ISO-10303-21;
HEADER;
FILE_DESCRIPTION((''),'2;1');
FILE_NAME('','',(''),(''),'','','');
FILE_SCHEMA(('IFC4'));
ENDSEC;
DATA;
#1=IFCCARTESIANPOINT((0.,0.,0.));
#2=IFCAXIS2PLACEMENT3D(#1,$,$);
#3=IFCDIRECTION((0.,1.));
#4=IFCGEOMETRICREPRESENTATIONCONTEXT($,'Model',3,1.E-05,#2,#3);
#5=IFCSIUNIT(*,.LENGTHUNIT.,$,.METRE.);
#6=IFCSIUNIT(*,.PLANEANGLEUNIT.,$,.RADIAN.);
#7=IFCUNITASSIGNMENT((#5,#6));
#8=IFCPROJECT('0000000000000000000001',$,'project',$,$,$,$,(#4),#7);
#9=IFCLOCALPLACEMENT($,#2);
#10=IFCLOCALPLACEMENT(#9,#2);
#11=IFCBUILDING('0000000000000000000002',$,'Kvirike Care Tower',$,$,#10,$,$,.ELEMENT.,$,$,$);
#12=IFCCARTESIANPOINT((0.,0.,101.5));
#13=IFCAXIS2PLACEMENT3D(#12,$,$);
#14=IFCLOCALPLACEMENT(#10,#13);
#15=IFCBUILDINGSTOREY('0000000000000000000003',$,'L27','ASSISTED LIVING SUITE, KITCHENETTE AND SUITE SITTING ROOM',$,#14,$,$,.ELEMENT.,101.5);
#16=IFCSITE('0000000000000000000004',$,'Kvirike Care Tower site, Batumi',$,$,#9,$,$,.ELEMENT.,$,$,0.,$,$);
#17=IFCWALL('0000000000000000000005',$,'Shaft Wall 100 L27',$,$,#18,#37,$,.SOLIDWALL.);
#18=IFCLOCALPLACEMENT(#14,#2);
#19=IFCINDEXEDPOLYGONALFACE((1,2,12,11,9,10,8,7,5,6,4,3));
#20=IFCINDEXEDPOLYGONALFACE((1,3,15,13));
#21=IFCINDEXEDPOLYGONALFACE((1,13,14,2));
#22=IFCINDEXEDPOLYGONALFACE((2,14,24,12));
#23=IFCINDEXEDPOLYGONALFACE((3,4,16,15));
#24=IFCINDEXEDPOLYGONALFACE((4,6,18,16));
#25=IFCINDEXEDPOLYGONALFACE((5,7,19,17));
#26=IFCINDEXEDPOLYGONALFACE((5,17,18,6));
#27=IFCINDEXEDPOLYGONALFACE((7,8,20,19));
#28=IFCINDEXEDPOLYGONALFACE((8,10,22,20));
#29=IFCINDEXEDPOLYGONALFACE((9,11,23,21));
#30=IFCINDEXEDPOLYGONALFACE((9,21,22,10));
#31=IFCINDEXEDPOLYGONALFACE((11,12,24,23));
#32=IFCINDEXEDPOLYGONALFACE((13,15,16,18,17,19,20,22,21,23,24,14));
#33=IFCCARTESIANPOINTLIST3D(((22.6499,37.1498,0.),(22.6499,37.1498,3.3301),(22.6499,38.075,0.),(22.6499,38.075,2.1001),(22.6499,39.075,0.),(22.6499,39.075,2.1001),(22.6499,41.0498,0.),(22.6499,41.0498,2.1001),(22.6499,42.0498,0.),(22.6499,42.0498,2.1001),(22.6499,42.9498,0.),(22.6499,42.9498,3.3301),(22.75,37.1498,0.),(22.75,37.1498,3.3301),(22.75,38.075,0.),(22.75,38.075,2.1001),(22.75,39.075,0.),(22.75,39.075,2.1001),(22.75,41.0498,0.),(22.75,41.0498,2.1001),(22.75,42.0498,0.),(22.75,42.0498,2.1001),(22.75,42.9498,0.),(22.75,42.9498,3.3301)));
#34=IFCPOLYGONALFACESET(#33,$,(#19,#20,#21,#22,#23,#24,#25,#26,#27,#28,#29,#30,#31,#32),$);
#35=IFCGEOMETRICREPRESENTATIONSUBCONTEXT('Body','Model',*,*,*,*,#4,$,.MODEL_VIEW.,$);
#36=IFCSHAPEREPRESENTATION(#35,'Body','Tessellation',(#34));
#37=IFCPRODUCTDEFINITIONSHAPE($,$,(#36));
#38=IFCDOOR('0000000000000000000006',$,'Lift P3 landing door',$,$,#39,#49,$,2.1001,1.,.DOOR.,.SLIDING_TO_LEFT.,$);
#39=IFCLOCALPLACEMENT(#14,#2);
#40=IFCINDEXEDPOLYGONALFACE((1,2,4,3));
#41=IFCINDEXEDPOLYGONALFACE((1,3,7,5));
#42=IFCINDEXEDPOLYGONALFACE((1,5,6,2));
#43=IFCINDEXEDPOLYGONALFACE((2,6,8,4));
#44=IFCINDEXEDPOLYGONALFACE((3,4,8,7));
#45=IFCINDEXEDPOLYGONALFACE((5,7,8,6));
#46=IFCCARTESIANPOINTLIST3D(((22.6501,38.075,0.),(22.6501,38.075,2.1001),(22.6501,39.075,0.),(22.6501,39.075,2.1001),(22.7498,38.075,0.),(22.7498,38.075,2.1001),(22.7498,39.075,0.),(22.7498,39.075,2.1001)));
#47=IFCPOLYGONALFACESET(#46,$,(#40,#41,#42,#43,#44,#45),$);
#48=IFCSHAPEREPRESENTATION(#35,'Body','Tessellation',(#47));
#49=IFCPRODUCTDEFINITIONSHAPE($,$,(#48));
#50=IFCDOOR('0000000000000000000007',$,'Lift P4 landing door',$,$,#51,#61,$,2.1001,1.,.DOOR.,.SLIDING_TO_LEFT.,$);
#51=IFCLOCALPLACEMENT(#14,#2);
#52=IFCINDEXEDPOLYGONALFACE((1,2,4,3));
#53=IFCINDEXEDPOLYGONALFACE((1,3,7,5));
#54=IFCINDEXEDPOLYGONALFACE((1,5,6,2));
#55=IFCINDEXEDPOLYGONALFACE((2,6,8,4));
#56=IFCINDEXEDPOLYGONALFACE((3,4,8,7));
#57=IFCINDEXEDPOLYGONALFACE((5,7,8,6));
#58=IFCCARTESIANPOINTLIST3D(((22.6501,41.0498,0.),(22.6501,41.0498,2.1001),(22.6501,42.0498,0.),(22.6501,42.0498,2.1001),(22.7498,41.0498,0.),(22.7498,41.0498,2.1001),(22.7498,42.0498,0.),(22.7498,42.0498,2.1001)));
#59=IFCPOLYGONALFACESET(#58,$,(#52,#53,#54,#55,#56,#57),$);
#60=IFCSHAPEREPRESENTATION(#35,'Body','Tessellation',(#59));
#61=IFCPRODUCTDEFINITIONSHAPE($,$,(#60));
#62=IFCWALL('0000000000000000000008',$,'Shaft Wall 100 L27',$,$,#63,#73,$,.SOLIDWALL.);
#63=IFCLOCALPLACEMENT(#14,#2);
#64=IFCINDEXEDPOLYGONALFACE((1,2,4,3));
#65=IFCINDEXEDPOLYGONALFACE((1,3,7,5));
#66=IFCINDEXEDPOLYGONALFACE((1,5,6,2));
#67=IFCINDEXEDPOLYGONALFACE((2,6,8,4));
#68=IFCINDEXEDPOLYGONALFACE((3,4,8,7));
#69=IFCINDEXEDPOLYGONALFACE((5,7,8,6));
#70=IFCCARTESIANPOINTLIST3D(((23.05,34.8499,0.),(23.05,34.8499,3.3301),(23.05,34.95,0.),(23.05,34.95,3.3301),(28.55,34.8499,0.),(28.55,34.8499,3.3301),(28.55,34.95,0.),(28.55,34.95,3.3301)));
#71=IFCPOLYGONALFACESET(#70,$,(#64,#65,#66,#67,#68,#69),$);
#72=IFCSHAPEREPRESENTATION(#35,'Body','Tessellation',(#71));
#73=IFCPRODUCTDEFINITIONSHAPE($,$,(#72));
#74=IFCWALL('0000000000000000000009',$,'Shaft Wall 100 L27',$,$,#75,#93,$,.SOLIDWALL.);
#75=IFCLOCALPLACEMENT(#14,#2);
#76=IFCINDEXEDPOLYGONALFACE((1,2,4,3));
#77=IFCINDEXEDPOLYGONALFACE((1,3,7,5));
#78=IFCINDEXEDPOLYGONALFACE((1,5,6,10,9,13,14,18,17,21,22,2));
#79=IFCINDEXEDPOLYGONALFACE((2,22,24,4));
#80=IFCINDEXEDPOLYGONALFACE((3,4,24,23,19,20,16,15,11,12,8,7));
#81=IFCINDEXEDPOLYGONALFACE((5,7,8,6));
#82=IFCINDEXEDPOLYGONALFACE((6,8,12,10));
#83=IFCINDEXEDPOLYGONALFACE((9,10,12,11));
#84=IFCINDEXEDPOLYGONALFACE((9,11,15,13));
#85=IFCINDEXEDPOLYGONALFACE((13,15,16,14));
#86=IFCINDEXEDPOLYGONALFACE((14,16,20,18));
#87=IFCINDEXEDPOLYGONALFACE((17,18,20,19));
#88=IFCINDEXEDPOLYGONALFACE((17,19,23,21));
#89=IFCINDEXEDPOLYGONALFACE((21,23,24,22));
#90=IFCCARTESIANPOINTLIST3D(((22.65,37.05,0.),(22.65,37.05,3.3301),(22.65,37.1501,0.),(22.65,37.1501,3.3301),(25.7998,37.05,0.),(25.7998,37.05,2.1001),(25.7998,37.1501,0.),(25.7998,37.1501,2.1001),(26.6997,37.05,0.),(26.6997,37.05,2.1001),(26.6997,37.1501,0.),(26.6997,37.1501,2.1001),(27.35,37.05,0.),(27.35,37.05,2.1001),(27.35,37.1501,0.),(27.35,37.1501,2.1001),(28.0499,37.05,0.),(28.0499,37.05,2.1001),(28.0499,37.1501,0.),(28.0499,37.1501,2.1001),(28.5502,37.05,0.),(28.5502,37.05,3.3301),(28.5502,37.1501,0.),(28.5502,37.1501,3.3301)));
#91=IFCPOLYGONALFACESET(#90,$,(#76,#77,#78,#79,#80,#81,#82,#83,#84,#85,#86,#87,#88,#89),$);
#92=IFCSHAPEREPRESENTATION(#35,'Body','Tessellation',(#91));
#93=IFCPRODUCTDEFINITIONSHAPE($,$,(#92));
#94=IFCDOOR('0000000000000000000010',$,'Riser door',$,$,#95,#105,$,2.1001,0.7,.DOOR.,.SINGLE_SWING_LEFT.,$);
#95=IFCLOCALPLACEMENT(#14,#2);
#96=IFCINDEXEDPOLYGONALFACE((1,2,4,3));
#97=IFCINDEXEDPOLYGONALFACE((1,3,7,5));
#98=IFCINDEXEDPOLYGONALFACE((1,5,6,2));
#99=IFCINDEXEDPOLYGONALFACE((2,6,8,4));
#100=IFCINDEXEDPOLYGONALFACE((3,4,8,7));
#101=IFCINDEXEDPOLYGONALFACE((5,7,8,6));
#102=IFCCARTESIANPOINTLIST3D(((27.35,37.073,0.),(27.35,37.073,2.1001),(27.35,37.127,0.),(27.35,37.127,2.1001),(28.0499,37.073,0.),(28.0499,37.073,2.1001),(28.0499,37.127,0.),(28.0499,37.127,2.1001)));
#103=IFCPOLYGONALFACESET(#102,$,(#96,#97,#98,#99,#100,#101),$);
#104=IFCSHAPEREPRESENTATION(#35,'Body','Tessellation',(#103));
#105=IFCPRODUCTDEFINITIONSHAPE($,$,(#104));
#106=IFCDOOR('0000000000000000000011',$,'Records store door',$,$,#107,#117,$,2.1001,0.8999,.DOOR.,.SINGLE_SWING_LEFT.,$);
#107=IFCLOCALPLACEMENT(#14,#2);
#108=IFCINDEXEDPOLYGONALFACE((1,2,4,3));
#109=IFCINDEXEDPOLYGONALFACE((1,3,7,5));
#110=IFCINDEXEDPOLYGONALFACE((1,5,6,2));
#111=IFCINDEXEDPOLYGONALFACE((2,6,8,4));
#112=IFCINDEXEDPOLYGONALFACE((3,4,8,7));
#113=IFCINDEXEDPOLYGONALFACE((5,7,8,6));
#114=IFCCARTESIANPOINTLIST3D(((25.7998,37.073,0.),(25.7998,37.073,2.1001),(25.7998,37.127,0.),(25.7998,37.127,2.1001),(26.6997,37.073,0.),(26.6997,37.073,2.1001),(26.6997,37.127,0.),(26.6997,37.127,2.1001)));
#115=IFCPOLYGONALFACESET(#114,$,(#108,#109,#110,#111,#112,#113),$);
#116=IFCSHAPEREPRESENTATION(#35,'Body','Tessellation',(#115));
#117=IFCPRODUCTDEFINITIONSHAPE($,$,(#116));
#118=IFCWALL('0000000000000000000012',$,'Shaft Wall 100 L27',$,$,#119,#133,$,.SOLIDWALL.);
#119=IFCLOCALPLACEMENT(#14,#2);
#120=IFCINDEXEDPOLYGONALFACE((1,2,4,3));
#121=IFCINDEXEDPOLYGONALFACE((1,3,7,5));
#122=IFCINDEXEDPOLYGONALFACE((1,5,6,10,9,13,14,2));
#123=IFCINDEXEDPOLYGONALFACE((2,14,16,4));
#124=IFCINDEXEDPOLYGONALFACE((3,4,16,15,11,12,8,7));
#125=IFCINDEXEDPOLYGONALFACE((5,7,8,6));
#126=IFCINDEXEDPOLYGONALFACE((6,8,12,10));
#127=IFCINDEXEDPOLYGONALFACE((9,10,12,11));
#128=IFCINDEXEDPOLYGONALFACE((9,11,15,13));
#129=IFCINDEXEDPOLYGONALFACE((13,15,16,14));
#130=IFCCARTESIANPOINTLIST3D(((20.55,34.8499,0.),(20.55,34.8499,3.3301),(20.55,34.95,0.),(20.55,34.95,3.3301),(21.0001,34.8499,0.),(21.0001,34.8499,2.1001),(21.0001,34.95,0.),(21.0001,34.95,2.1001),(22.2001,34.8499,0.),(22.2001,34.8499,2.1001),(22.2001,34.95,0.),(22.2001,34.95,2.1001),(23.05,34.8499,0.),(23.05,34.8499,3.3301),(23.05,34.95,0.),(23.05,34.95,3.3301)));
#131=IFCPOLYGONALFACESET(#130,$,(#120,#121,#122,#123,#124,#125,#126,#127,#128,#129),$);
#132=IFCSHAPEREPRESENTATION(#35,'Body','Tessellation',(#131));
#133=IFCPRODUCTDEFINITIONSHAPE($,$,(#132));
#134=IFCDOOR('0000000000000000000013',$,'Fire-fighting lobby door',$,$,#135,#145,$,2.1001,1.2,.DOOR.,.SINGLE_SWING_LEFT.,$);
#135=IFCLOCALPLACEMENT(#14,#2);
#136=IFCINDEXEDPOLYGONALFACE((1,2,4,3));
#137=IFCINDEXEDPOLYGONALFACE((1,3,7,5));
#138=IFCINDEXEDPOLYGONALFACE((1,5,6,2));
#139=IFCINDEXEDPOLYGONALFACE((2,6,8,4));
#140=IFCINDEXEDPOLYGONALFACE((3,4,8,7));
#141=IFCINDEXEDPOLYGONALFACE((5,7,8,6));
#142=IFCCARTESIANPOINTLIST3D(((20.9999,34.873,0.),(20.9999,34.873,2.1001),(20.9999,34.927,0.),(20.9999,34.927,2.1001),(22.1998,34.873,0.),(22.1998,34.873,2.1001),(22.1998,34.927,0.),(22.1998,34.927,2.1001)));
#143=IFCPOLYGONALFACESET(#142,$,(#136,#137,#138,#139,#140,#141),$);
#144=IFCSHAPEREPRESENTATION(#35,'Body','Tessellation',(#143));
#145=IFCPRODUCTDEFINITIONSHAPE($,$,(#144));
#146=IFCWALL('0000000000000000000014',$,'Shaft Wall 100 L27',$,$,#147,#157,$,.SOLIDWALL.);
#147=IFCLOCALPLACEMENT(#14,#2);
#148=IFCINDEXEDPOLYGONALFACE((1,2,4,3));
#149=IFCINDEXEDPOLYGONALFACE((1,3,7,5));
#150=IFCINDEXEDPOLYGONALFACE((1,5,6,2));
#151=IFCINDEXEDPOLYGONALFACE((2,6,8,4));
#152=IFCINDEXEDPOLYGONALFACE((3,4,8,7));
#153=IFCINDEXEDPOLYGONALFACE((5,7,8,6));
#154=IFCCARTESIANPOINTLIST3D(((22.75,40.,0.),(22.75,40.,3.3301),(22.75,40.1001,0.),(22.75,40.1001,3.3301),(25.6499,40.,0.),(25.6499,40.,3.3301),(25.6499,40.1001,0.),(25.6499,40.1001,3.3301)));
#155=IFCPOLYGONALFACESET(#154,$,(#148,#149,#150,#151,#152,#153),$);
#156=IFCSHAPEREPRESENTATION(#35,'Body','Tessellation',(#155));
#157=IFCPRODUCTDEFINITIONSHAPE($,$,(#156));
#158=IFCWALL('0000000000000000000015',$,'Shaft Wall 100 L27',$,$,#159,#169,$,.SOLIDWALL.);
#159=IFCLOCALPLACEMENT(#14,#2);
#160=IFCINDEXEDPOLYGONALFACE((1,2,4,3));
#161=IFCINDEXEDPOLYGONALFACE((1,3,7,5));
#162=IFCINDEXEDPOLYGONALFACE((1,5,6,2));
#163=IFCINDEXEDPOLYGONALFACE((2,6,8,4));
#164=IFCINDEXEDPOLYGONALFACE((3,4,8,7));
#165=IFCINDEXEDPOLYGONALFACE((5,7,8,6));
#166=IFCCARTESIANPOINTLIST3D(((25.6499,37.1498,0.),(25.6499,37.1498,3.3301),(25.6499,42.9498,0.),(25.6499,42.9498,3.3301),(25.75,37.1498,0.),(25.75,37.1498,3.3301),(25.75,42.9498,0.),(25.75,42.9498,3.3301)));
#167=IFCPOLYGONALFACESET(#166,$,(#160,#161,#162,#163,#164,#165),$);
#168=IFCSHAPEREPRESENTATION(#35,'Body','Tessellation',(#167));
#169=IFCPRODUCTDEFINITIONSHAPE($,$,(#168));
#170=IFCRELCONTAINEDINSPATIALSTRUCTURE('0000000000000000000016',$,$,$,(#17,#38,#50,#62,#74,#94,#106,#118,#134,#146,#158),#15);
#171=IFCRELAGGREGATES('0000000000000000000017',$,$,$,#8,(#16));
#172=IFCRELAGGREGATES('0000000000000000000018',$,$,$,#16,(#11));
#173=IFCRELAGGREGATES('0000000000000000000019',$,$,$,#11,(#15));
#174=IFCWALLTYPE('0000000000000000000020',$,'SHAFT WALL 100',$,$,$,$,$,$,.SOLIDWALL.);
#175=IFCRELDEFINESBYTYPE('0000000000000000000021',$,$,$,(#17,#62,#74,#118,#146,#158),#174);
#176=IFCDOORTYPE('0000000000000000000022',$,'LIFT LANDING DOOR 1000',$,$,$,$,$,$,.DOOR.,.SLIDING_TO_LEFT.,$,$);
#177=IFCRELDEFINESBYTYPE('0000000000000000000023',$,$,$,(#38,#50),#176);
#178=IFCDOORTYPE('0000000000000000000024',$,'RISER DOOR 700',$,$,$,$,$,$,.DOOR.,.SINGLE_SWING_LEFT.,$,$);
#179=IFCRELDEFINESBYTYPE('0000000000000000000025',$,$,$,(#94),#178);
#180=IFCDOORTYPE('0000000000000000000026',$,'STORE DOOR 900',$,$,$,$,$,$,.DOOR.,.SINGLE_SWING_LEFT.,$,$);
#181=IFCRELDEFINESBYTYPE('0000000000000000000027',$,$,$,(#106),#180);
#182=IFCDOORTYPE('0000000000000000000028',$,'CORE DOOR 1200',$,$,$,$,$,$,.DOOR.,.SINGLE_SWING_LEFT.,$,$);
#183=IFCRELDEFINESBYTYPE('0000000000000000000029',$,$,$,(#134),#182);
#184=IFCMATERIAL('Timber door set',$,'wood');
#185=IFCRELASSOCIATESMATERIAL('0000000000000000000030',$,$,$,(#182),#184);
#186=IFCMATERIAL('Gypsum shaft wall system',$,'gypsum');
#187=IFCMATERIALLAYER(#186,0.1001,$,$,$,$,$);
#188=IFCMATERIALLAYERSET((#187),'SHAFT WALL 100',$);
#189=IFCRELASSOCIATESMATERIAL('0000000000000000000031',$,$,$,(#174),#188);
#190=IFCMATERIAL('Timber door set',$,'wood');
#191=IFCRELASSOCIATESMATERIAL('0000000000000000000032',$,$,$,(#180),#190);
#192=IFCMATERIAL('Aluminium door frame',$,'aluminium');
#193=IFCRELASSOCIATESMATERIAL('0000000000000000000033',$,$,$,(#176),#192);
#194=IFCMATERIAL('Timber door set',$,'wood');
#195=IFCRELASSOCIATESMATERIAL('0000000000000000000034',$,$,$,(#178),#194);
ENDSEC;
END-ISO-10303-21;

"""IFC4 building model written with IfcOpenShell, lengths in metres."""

from ifc_helpers import new_model, si_unit, direction, frame, frame_2d, origin, place, context, subcontext, project, spatial, rectangle, extrude, material, layer, layer_set, type_object, element, fill, save


model = new_model("IFC4")

# Units and contexts
model_context = context("Model", 3, precision=1e-05, world=origin(), true_north=direction((0.0, 1.0)))
body_context = subcontext(model_context, "Body", "Model", "MODEL_VIEW")
ifc_project = project(units=[si_unit("LENGTHUNIT", "METRE"), si_unit("PLANEANGLEUNIT", "RADIAN")], contexts=[model_context])

# Site, building, storey
site_placement = place(None, origin())
site = spatial("IfcSite", under=ifc_project, at=site_placement, Name="Kvirike Care Tower site, Batumi", CompositionType="ELEMENT", RefElevation=0.0)
building_placement = place(site_placement, origin())
building = spatial("IfcBuilding", under=site, at=building_placement, Name="Kvirike Care Tower", CompositionType="ELEMENT")
storey_placement = place(building_placement, frame((0.0, 0.0, 101.5)))
storey = spatial("IfcBuildingStorey", under=building, at=storey_placement, Name="L27", Description="ASSISTED LIVING SUITE, KITCHENETTE AND SUITE SITTING ROOM", CompositionType="ELEMENT", Elevation=101.5)

# Shared definitions
ifc_material_1 = material(Name="Timber door set", Category="wood")
door_type_1 = type_object("IfcDoorType", Name="CORE DOOR 1200", OperationType="SINGLE_SWING_LEFT", PredefinedType="DOOR", material=ifc_material_1)

# Shared definitions
ifc_material_2 = material(Name="Gypsum shaft wall system", Category="gypsum")
ifc_layer_1 = layer(ifc_material_2, 0.1001)
ifc_layer_set_1 = layer_set([ifc_layer_1], Name="SHAFT WALL 100")
wall_type_1 = type_object("IfcWallType", Name="SHAFT WALL 100", PredefinedType="SOLIDWALL", material=ifc_layer_set_1)

# Shared definitions
ifc_material_3 = material(Name="Timber door set", Category="wood")
door_type_2 = type_object("IfcDoorType", Name="STORE DOOR 900", OperationType="SINGLE_SWING_LEFT", PredefinedType="DOOR", material=ifc_material_3)

# Wall, openings, doors
wall_1_placement = place(storey_placement, frame((22.7, 37.1499, 0.0), z_axis=(0.0, 0.0, 1.0), x_axis=(0.0, 1.0, 0.0)))
wall_1 = element("IfcWall", 1, at=wall_1_placement, inside=storey, type_object=wall_type_1, Name="Shaft Wall 100 L27", PredefinedType="SOLIDWALL", context=body_context, shape_type="SweptSolid", body=[
    extrude(rectangle(XDim=5.8, YDim=0.1001, at=frame_2d((2.8999, 0.0))), origin(), (0.0, 0.0, 1.0), 3.3301),
])
opening_1_placement = place(wall_1_placement, frame((0.925, 0.0, 0.0)))
opening_1 = element("IfcOpeningElement", 2, at=opening_1_placement, cuts=wall_1, PredefinedType="OPENING", context=body_context, shape_type="SweptSolid", body=[
    extrude(rectangle(XDim=1.0, YDim=2.1001, at=frame_2d((0.5, 1.05))), frame((0.0, 0.0605, 0.0), z_axis=(0.0, -1.0, 0.0), x_axis=(1.0, 0.0, 0.0)), (0.0, 0.0, 1.0), 0.1211),
])
opening_2_placement = place(wall_1_placement, frame((3.8999, 0.0, 0.0)))
opening_2 = element("IfcOpeningElement", 3, at=opening_2_placement, cuts=wall_1, PredefinedType="OPENING", context=body_context, shape_type="SweptSolid", body=[
    extrude(rectangle(XDim=1.0, YDim=2.1001, at=frame_2d((0.5, 1.05))), frame((0.0, 0.0605, 0.0), z_axis=(0.0, -1.0, 0.0), x_axis=(1.0, 0.0, 0.0)), (0.0, 0.0, 1.0), 0.1211),
])
ifc_material_4 = material(Name="Aluminium door frame", Category="aluminium")
door_type_3 = type_object("IfcDoorType", Name="LIFT LANDING DOOR 1000", OperationType="SLIDING_TO_LEFT", PredefinedType="DOOR", material=ifc_material_4)
door_1_placement = place(opening_1_placement, origin())
door_1 = element("IfcDoor", 4, at=door_1_placement, inside=storey, type_object=door_type_3, Name="Lift P3 landing door", OperationType="SLIDING_TO_LEFT", OverallHeight=2.1001, OverallWidth=1.0, PredefinedType="DOOR", context=body_context, shape_type="SweptSolid", body=[
    extrude(rectangle(XDim=1.0, YDim=2.1001, at=frame_2d((0.5, 1.05))), frame((0.0, 0.0498, 0.0), z_axis=(0.0, -1.0, 0.0), x_axis=(1.0, 0.0, 0.0)), (0.0, 0.0, 1.0), 0.0996),
])
fill(opening_1, door_1)
door_2_placement = place(opening_2_placement, origin())
door_2 = element("IfcDoor", 5, at=door_2_placement, inside=storey, type_object=door_type_3, Name="Lift P4 landing door", OperationType="SLIDING_TO_LEFT", OverallHeight=2.1001, OverallWidth=1.0, PredefinedType="DOOR", context=body_context, shape_type="SweptSolid", body=[
    extrude(rectangle(XDim=1.0, YDim=2.1001, at=frame_2d((0.5, 1.05))), frame((0.0, 0.0498, 0.0), z_axis=(0.0, -1.0, 0.0), x_axis=(1.0, 0.0, 0.0)), (0.0, 0.0, 1.0), 0.0996),
])
fill(opening_2, door_2)

# Wall
wall_2_placement = place(storey_placement, frame((23.05, 34.8999, 0.0), z_axis=(0.0, 0.0, 1.0), x_axis=(1.0, 0.0, 0.0)))
element("IfcWall", 6, at=wall_2_placement, inside=storey, type_object=wall_type_1, Name="Shaft Wall 100 L27", PredefinedType="SOLIDWALL", context=body_context, shape_type="SweptSolid", body=[
    extrude(rectangle(XDim=5.5, YDim=0.1001, at=frame_2d((2.75, 0.0))), origin(), (0.0, 0.0, 1.0), 3.3301),
])

# Wall, openings, doors
wall_3_placement = place(storey_placement, frame((22.6499, 37.1001, 0.0), z_axis=(0.0, 0.0, 1.0), x_axis=(1.0, 0.0, 0.0)))
wall_3 = element("IfcWall", 7, at=wall_3_placement, inside=storey, type_object=wall_type_1, Name="Shaft Wall 100 L27", PredefinedType="SOLIDWALL", context=body_context, shape_type="SweptSolid", body=[
    extrude(rectangle(XDim=5.9001, YDim=0.1001, at=frame_2d((2.9502, 0.0))), origin(), (0.0, 0.0, 1.0), 3.3301),
])
opening_3_placement = place(wall_3_placement, frame((3.1499, 0.0, 0.0)))
opening_3 = element("IfcOpeningElement", 8, at=opening_3_placement, cuts=wall_3, PredefinedType="OPENING", context=body_context, shape_type="SweptSolid", body=[
    extrude(rectangle(XDim=0.8999, YDim=2.1001, at=frame_2d((0.45, 1.05))), frame((0.0, 0.0605, 0.0), z_axis=(0.0, -1.0, 0.0), x_axis=(1.0, 0.0, 0.0)), (0.0, 0.0, 1.0), 0.1211),
])
opening_4_placement = place(wall_3_placement, frame((4.7, 0.0, 0.0)))
opening_4 = element("IfcOpeningElement", 9, at=opening_4_placement, cuts=wall_3, PredefinedType="OPENING", context=body_context, shape_type="SweptSolid", body=[
    extrude(rectangle(XDim=0.7, YDim=2.1001, at=frame_2d((0.3501, 1.05))), frame((0.0, 0.0605, 0.0), z_axis=(0.0, -1.0, 0.0), x_axis=(1.0, 0.0, 0.0)), (0.0, 0.0, 1.0), 0.1211),
])
ifc_material_5 = material(Name="Timber door set", Category="wood")
door_type_4 = type_object("IfcDoorType", Name="RISER DOOR 700", OperationType="SINGLE_SWING_LEFT", PredefinedType="DOOR", material=ifc_material_5)
door_3_placement = place(opening_4_placement, origin())
door_3 = element("IfcDoor", 10, at=door_3_placement, inside=storey, type_object=door_type_4, Name="Riser door", OperationType="SINGLE_SWING_LEFT", OverallHeight=2.1001, OverallWidth=0.7, PredefinedType="DOOR", context=body_context, shape_type="SweptSolid", body=[
    extrude(rectangle(XDim=0.7, YDim=2.1001, at=frame_2d((0.3501, 1.05))), frame((0.0, 0.0269, 0.0), z_axis=(0.0, -1.0, 0.0), x_axis=(1.0, 0.0, 0.0)), (0.0, 0.0, 1.0), 0.054),
])
fill(opening_4, door_3)
door_4_placement = place(opening_3_placement, origin())
door_4 = element("IfcDoor", 11, at=door_4_placement, inside=storey, type_object=door_type_2, Name="Records store door", OperationType="SINGLE_SWING_LEFT", OverallHeight=2.1001, OverallWidth=0.8999, PredefinedType="DOOR", context=body_context, shape_type="SweptSolid", body=[
    extrude(rectangle(XDim=0.8999, YDim=2.1001, at=frame_2d((0.45, 1.05))), frame((0.0, 0.0269, 0.0), z_axis=(0.0, -1.0, 0.0), x_axis=(1.0, 0.0, 0.0)), (0.0, 0.0, 1.0), 0.054),
])
fill(opening_3, door_4)

# Wall, opening, door
wall_4_placement = place(storey_placement, frame((20.55, 34.8999, 0.0), z_axis=(0.0, 0.0, 1.0), x_axis=(1.0, 0.0, 0.0)))
wall_4 = element("IfcWall", 12, at=wall_4_placement, inside=storey, type_object=wall_type_1, Name="Shaft Wall 100 L27", PredefinedType="SOLIDWALL", context=body_context, shape_type="SweptSolid", body=[
    extrude(rectangle(XDim=2.5, YDim=0.1001, at=frame_2d((1.25, 0.0))), origin(), (0.0, 0.0, 1.0), 3.3301),
])
opening_5_placement = place(wall_4_placement, frame((0.45, 0.0, 0.0)))
opening_5 = element("IfcOpeningElement", 13, at=opening_5_placement, cuts=wall_4, PredefinedType="OPENING", context=body_context, shape_type="SweptSolid", body=[
    extrude(rectangle(XDim=1.2, YDim=2.1001, at=frame_2d((0.6001, 1.05))), frame((0.0, 0.0605, 0.0), z_axis=(0.0, -1.0, 0.0), x_axis=(1.0, 0.0, 0.0)), (0.0, 0.0, 1.0), 0.1211),
])
door_5_placement = place(opening_5_placement, frame((1.2, 0.0, 0.0), z_axis=(0.0, 0.0, 1.0), x_axis=(-1.0, 0.0, 0.0)))
door_5 = element("IfcDoor", 14, at=door_5_placement, inside=storey, type_object=door_type_1, Name="Fire-fighting lobby door", OperationType="SINGLE_SWING_LEFT", OverallHeight=2.1001, OverallWidth=1.2, PredefinedType="DOOR", context=body_context, shape_type="SweptSolid", body=[
    extrude(rectangle(XDim=1.2, YDim=2.1001, at=frame_2d((0.6001, 1.05))), frame((0.0, 0.0269, 0.0), z_axis=(0.0, -1.0, 0.0), x_axis=(1.0, 0.0, 0.0)), (0.0, 0.0, 1.0), 0.054),
])
fill(opening_5, door_5)

# Walls
wall_5_placement = place(storey_placement, frame((22.75, 40.05, 0.0), z_axis=(0.0, 0.0, 1.0), x_axis=(1.0, 0.0, 0.0)))
element("IfcWall", 15, at=wall_5_placement, inside=storey, type_object=wall_type_1, Name="Shaft Wall 100 L27", PredefinedType="SOLIDWALL", context=body_context, shape_type="SweptSolid", body=[
    extrude(rectangle(XDim=2.8999, YDim=0.1001, at=frame_2d((1.45, 0.0))), origin(), (0.0, 0.0, 1.0), 3.3301),
])
wall_6_placement = place(storey_placement, frame((25.7, 37.1499, 0.0), z_axis=(0.0, 0.0, 1.0), x_axis=(0.0, 1.0, 0.0)))
element("IfcWall", 16, at=wall_6_placement, inside=storey, type_object=wall_type_1, Name="Shaft Wall 100 L27", PredefinedType="SOLIDWALL", context=body_context, shape_type="SweptSolid", body=[
    extrude(rectangle(XDim=5.8, YDim=0.1001, at=frame_2d((2.8999, 0.0))), origin(), (0.0, 0.0, 1.0), 3.3301),
])

save(model, "model.ifc")
